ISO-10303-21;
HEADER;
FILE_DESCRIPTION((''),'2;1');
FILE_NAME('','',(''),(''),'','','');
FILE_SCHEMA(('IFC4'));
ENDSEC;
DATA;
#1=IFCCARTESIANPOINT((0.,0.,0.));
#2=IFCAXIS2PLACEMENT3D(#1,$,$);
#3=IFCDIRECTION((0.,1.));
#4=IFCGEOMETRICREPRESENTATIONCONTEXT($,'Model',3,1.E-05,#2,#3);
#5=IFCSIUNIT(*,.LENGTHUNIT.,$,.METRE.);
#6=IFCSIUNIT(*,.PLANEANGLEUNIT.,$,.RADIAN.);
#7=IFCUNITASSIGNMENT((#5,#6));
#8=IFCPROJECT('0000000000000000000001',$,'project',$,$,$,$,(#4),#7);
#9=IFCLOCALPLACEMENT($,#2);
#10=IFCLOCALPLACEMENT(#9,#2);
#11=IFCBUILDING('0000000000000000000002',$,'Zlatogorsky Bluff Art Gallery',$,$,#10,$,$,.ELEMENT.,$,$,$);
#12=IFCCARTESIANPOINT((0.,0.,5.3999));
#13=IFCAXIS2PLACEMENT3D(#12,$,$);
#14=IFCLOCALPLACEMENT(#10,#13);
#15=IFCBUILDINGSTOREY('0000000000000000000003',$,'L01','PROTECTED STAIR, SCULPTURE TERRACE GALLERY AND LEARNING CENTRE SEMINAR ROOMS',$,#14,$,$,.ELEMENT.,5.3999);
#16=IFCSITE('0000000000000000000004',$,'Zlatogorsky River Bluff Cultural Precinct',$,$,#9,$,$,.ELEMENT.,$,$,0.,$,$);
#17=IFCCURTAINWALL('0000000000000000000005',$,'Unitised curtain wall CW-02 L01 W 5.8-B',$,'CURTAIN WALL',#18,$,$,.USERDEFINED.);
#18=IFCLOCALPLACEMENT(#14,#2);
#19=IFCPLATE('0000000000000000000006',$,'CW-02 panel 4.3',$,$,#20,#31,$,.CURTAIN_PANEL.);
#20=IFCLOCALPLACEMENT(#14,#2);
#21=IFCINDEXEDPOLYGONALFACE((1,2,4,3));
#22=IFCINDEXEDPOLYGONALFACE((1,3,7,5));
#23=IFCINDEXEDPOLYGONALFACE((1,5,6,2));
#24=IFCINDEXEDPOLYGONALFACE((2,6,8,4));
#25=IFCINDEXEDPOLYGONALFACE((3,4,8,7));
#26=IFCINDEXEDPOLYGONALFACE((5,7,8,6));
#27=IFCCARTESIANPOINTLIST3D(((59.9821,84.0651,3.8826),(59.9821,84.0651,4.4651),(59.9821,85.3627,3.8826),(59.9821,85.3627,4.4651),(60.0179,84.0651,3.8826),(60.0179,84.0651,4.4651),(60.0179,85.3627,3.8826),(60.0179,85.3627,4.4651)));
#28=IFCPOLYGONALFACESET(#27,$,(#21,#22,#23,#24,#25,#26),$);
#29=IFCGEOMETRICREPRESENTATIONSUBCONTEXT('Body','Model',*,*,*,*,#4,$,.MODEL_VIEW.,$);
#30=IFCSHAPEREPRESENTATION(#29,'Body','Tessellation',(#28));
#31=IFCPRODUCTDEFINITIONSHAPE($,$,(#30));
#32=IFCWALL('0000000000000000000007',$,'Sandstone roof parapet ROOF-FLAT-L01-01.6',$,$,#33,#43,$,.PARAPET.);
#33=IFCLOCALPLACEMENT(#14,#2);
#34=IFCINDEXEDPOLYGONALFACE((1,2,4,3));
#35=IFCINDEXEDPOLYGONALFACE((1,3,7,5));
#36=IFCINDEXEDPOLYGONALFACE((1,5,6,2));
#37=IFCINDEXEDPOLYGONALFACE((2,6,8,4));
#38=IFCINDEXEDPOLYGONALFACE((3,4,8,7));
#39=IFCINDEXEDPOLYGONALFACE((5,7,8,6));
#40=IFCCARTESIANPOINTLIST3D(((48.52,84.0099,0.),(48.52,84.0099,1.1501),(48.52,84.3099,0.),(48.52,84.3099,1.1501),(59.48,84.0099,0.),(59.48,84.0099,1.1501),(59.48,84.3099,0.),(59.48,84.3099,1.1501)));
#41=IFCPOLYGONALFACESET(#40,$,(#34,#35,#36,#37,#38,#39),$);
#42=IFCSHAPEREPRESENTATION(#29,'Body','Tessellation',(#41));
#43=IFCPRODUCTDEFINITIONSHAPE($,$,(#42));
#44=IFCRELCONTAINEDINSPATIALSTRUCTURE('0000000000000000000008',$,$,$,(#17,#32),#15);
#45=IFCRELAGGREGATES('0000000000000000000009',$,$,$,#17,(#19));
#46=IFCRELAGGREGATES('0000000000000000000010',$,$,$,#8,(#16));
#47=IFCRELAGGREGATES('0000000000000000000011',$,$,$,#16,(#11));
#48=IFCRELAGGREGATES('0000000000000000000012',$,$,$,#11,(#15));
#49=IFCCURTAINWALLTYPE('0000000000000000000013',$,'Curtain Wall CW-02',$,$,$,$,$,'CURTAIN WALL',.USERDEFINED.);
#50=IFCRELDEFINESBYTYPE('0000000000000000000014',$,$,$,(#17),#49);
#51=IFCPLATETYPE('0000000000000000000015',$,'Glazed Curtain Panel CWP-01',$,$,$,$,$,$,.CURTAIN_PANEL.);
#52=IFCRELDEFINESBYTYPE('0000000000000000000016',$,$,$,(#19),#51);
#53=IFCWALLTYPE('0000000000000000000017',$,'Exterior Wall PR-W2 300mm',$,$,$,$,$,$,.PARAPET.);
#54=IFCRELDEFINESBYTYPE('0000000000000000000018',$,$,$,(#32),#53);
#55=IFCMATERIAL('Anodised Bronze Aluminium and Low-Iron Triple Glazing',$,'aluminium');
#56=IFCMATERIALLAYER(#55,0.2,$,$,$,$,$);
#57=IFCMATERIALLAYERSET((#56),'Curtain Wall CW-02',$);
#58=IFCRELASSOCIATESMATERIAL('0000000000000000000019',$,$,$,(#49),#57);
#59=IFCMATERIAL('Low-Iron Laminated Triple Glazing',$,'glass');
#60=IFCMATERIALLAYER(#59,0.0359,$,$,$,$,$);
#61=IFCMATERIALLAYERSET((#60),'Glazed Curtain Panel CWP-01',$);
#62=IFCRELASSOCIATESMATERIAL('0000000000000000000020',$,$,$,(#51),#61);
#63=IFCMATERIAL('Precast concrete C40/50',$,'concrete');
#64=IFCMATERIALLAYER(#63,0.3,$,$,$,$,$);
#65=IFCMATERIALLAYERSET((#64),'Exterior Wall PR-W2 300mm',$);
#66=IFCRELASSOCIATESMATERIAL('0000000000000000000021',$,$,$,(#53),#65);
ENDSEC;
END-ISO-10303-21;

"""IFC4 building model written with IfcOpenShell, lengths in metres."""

from ifc_helpers import new_model, si_unit, direction, frame, frame_2d, origin, origin_2d, place, context, subcontext, project, spatial, rectangle, extrude, material, layer, layer_set, type_object, element, aggregate, save


model = new_model("IFC4")

# Units and contexts
model_context = context("Model", 3, precision=1e-05, world=origin(), true_north=direction((0.0, 1.0)))
body_context = subcontext(model_context, "Body", "Model", "MODEL_VIEW")
ifc_project = project(units=[si_unit("LENGTHUNIT", "METRE"), si_unit("PLANEANGLEUNIT", "RADIAN")], contexts=[model_context])

# Site, building, storey
site_placement = place(None, origin())
site = spatial("IfcSite", under=ifc_project, at=site_placement, Name="Zlatogorsky River Bluff Cultural Precinct", CompositionType="ELEMENT", RefElevation=0.0)
building_placement = place(site_placement, origin())
building = spatial("IfcBuilding", under=site, at=building_placement, Name="Zlatogorsky Bluff Art Gallery", CompositionType="ELEMENT")
storey_placement = place(building_placement, frame((0.0, 0.0, 5.3999)))
storey = spatial("IfcBuildingStorey", under=building, at=storey_placement, Name="L01", Description="PROTECTED STAIR, SCULPTURE TERRACE GALLERY AND LEARNING CENTRE SEMINAR ROOMS", CompositionType="ELEMENT", Elevation=5.3999)

# Shared definitions
ifc_material_1 = material(Name="Anodised Bronze Aluminium and Low-Iron Triple Glazing", Category="aluminium")

# Curtain wall
ifc_layer_1 = layer(ifc_material_1, 0.2)
ifc_layer_set_1 = layer_set([ifc_layer_1], Name="Curtain Wall CW-02")
curtain_wall_type_1 = type_object("IfcCurtainWallType", Name="Curtain Wall CW-02", ElementType="CURTAIN WALL", PredefinedType="USERDEFINED", material=ifc_layer_set_1)
curtain_wall_1_placement = place(storey_placement, origin())
curtain_wall_1 = element("IfcCurtainWall", 1, at=curtain_wall_1_placement, inside=storey, type_object=curtain_wall_type_1, Name="Unitised curtain wall CW-02 L01 W 5.8-B", ObjectType="CURTAIN WALL", PredefinedType="USERDEFINED")

# Plate
ifc_material_2 = material(Name="Low-Iron Laminated Triple Glazing", Category="glass")
ifc_layer_2 = layer(ifc_material_2, 0.0359)
ifc_layer_set_2 = layer_set([ifc_layer_2], Name="Glazed Curtain Panel CWP-01")
plate_type = type_object("IfcPlateType", Name="Glazed Curtain Panel CWP-01", PredefinedType="CURTAIN_PANEL", material=ifc_layer_set_2)
plate_1_placement = place(storey_placement, frame((60.0, 84.7139, 3.8826), z_axis=(0.0, 0.0, 1.0), x_axis=(0.0, -1.0, 0.0)))
plate_1 = element("IfcPlate", 2, at=plate_1_placement, type_object=plate_type, Name="CW-02 panel 4.3", PredefinedType="CURTAIN_PANEL", context=body_context, shape_type="SweptSolid", body=[
    extrude(rectangle(XDim=1.2976, YDim=0.0359, at=origin_2d()), origin(), (0.0, 0.0, 1.0), 0.5825),
])
aggregate(curtain_wall_1, [plate_1])

# Wall
ifc_material_3 = material(Name="Precast concrete C40/50", Category="concrete")
ifc_layer_3 = layer(ifc_material_3, 0.3)
ifc_layer_set_3 = layer_set([ifc_layer_3], Name="Exterior Wall PR-W2 300mm")
wall_type = type_object("IfcWallType", Name="Exterior Wall PR-W2 300mm", PredefinedType="PARAPET", material=ifc_layer_set_3)
wall_placement = place(storey_placement, frame((59.48, 84.1599, 0.0), z_axis=(0.0, 0.0, 1.0), x_axis=(-1.0, 0.0, 0.0)))
element("IfcWall", 3, at=wall_placement, inside=storey, type_object=wall_type, Name="Sandstone roof parapet ROOF-FLAT-L01-01.6", PredefinedType="PARAPET", context=body_context, shape_type="SweptSolid", body=[
    extrude(rectangle(XDim=10.96, YDim=0.3, at=frame_2d((5.48, 0.0))), origin(), (0.0, 0.0, 1.0), 1.1501),
])

save(model, "model.ifc")
